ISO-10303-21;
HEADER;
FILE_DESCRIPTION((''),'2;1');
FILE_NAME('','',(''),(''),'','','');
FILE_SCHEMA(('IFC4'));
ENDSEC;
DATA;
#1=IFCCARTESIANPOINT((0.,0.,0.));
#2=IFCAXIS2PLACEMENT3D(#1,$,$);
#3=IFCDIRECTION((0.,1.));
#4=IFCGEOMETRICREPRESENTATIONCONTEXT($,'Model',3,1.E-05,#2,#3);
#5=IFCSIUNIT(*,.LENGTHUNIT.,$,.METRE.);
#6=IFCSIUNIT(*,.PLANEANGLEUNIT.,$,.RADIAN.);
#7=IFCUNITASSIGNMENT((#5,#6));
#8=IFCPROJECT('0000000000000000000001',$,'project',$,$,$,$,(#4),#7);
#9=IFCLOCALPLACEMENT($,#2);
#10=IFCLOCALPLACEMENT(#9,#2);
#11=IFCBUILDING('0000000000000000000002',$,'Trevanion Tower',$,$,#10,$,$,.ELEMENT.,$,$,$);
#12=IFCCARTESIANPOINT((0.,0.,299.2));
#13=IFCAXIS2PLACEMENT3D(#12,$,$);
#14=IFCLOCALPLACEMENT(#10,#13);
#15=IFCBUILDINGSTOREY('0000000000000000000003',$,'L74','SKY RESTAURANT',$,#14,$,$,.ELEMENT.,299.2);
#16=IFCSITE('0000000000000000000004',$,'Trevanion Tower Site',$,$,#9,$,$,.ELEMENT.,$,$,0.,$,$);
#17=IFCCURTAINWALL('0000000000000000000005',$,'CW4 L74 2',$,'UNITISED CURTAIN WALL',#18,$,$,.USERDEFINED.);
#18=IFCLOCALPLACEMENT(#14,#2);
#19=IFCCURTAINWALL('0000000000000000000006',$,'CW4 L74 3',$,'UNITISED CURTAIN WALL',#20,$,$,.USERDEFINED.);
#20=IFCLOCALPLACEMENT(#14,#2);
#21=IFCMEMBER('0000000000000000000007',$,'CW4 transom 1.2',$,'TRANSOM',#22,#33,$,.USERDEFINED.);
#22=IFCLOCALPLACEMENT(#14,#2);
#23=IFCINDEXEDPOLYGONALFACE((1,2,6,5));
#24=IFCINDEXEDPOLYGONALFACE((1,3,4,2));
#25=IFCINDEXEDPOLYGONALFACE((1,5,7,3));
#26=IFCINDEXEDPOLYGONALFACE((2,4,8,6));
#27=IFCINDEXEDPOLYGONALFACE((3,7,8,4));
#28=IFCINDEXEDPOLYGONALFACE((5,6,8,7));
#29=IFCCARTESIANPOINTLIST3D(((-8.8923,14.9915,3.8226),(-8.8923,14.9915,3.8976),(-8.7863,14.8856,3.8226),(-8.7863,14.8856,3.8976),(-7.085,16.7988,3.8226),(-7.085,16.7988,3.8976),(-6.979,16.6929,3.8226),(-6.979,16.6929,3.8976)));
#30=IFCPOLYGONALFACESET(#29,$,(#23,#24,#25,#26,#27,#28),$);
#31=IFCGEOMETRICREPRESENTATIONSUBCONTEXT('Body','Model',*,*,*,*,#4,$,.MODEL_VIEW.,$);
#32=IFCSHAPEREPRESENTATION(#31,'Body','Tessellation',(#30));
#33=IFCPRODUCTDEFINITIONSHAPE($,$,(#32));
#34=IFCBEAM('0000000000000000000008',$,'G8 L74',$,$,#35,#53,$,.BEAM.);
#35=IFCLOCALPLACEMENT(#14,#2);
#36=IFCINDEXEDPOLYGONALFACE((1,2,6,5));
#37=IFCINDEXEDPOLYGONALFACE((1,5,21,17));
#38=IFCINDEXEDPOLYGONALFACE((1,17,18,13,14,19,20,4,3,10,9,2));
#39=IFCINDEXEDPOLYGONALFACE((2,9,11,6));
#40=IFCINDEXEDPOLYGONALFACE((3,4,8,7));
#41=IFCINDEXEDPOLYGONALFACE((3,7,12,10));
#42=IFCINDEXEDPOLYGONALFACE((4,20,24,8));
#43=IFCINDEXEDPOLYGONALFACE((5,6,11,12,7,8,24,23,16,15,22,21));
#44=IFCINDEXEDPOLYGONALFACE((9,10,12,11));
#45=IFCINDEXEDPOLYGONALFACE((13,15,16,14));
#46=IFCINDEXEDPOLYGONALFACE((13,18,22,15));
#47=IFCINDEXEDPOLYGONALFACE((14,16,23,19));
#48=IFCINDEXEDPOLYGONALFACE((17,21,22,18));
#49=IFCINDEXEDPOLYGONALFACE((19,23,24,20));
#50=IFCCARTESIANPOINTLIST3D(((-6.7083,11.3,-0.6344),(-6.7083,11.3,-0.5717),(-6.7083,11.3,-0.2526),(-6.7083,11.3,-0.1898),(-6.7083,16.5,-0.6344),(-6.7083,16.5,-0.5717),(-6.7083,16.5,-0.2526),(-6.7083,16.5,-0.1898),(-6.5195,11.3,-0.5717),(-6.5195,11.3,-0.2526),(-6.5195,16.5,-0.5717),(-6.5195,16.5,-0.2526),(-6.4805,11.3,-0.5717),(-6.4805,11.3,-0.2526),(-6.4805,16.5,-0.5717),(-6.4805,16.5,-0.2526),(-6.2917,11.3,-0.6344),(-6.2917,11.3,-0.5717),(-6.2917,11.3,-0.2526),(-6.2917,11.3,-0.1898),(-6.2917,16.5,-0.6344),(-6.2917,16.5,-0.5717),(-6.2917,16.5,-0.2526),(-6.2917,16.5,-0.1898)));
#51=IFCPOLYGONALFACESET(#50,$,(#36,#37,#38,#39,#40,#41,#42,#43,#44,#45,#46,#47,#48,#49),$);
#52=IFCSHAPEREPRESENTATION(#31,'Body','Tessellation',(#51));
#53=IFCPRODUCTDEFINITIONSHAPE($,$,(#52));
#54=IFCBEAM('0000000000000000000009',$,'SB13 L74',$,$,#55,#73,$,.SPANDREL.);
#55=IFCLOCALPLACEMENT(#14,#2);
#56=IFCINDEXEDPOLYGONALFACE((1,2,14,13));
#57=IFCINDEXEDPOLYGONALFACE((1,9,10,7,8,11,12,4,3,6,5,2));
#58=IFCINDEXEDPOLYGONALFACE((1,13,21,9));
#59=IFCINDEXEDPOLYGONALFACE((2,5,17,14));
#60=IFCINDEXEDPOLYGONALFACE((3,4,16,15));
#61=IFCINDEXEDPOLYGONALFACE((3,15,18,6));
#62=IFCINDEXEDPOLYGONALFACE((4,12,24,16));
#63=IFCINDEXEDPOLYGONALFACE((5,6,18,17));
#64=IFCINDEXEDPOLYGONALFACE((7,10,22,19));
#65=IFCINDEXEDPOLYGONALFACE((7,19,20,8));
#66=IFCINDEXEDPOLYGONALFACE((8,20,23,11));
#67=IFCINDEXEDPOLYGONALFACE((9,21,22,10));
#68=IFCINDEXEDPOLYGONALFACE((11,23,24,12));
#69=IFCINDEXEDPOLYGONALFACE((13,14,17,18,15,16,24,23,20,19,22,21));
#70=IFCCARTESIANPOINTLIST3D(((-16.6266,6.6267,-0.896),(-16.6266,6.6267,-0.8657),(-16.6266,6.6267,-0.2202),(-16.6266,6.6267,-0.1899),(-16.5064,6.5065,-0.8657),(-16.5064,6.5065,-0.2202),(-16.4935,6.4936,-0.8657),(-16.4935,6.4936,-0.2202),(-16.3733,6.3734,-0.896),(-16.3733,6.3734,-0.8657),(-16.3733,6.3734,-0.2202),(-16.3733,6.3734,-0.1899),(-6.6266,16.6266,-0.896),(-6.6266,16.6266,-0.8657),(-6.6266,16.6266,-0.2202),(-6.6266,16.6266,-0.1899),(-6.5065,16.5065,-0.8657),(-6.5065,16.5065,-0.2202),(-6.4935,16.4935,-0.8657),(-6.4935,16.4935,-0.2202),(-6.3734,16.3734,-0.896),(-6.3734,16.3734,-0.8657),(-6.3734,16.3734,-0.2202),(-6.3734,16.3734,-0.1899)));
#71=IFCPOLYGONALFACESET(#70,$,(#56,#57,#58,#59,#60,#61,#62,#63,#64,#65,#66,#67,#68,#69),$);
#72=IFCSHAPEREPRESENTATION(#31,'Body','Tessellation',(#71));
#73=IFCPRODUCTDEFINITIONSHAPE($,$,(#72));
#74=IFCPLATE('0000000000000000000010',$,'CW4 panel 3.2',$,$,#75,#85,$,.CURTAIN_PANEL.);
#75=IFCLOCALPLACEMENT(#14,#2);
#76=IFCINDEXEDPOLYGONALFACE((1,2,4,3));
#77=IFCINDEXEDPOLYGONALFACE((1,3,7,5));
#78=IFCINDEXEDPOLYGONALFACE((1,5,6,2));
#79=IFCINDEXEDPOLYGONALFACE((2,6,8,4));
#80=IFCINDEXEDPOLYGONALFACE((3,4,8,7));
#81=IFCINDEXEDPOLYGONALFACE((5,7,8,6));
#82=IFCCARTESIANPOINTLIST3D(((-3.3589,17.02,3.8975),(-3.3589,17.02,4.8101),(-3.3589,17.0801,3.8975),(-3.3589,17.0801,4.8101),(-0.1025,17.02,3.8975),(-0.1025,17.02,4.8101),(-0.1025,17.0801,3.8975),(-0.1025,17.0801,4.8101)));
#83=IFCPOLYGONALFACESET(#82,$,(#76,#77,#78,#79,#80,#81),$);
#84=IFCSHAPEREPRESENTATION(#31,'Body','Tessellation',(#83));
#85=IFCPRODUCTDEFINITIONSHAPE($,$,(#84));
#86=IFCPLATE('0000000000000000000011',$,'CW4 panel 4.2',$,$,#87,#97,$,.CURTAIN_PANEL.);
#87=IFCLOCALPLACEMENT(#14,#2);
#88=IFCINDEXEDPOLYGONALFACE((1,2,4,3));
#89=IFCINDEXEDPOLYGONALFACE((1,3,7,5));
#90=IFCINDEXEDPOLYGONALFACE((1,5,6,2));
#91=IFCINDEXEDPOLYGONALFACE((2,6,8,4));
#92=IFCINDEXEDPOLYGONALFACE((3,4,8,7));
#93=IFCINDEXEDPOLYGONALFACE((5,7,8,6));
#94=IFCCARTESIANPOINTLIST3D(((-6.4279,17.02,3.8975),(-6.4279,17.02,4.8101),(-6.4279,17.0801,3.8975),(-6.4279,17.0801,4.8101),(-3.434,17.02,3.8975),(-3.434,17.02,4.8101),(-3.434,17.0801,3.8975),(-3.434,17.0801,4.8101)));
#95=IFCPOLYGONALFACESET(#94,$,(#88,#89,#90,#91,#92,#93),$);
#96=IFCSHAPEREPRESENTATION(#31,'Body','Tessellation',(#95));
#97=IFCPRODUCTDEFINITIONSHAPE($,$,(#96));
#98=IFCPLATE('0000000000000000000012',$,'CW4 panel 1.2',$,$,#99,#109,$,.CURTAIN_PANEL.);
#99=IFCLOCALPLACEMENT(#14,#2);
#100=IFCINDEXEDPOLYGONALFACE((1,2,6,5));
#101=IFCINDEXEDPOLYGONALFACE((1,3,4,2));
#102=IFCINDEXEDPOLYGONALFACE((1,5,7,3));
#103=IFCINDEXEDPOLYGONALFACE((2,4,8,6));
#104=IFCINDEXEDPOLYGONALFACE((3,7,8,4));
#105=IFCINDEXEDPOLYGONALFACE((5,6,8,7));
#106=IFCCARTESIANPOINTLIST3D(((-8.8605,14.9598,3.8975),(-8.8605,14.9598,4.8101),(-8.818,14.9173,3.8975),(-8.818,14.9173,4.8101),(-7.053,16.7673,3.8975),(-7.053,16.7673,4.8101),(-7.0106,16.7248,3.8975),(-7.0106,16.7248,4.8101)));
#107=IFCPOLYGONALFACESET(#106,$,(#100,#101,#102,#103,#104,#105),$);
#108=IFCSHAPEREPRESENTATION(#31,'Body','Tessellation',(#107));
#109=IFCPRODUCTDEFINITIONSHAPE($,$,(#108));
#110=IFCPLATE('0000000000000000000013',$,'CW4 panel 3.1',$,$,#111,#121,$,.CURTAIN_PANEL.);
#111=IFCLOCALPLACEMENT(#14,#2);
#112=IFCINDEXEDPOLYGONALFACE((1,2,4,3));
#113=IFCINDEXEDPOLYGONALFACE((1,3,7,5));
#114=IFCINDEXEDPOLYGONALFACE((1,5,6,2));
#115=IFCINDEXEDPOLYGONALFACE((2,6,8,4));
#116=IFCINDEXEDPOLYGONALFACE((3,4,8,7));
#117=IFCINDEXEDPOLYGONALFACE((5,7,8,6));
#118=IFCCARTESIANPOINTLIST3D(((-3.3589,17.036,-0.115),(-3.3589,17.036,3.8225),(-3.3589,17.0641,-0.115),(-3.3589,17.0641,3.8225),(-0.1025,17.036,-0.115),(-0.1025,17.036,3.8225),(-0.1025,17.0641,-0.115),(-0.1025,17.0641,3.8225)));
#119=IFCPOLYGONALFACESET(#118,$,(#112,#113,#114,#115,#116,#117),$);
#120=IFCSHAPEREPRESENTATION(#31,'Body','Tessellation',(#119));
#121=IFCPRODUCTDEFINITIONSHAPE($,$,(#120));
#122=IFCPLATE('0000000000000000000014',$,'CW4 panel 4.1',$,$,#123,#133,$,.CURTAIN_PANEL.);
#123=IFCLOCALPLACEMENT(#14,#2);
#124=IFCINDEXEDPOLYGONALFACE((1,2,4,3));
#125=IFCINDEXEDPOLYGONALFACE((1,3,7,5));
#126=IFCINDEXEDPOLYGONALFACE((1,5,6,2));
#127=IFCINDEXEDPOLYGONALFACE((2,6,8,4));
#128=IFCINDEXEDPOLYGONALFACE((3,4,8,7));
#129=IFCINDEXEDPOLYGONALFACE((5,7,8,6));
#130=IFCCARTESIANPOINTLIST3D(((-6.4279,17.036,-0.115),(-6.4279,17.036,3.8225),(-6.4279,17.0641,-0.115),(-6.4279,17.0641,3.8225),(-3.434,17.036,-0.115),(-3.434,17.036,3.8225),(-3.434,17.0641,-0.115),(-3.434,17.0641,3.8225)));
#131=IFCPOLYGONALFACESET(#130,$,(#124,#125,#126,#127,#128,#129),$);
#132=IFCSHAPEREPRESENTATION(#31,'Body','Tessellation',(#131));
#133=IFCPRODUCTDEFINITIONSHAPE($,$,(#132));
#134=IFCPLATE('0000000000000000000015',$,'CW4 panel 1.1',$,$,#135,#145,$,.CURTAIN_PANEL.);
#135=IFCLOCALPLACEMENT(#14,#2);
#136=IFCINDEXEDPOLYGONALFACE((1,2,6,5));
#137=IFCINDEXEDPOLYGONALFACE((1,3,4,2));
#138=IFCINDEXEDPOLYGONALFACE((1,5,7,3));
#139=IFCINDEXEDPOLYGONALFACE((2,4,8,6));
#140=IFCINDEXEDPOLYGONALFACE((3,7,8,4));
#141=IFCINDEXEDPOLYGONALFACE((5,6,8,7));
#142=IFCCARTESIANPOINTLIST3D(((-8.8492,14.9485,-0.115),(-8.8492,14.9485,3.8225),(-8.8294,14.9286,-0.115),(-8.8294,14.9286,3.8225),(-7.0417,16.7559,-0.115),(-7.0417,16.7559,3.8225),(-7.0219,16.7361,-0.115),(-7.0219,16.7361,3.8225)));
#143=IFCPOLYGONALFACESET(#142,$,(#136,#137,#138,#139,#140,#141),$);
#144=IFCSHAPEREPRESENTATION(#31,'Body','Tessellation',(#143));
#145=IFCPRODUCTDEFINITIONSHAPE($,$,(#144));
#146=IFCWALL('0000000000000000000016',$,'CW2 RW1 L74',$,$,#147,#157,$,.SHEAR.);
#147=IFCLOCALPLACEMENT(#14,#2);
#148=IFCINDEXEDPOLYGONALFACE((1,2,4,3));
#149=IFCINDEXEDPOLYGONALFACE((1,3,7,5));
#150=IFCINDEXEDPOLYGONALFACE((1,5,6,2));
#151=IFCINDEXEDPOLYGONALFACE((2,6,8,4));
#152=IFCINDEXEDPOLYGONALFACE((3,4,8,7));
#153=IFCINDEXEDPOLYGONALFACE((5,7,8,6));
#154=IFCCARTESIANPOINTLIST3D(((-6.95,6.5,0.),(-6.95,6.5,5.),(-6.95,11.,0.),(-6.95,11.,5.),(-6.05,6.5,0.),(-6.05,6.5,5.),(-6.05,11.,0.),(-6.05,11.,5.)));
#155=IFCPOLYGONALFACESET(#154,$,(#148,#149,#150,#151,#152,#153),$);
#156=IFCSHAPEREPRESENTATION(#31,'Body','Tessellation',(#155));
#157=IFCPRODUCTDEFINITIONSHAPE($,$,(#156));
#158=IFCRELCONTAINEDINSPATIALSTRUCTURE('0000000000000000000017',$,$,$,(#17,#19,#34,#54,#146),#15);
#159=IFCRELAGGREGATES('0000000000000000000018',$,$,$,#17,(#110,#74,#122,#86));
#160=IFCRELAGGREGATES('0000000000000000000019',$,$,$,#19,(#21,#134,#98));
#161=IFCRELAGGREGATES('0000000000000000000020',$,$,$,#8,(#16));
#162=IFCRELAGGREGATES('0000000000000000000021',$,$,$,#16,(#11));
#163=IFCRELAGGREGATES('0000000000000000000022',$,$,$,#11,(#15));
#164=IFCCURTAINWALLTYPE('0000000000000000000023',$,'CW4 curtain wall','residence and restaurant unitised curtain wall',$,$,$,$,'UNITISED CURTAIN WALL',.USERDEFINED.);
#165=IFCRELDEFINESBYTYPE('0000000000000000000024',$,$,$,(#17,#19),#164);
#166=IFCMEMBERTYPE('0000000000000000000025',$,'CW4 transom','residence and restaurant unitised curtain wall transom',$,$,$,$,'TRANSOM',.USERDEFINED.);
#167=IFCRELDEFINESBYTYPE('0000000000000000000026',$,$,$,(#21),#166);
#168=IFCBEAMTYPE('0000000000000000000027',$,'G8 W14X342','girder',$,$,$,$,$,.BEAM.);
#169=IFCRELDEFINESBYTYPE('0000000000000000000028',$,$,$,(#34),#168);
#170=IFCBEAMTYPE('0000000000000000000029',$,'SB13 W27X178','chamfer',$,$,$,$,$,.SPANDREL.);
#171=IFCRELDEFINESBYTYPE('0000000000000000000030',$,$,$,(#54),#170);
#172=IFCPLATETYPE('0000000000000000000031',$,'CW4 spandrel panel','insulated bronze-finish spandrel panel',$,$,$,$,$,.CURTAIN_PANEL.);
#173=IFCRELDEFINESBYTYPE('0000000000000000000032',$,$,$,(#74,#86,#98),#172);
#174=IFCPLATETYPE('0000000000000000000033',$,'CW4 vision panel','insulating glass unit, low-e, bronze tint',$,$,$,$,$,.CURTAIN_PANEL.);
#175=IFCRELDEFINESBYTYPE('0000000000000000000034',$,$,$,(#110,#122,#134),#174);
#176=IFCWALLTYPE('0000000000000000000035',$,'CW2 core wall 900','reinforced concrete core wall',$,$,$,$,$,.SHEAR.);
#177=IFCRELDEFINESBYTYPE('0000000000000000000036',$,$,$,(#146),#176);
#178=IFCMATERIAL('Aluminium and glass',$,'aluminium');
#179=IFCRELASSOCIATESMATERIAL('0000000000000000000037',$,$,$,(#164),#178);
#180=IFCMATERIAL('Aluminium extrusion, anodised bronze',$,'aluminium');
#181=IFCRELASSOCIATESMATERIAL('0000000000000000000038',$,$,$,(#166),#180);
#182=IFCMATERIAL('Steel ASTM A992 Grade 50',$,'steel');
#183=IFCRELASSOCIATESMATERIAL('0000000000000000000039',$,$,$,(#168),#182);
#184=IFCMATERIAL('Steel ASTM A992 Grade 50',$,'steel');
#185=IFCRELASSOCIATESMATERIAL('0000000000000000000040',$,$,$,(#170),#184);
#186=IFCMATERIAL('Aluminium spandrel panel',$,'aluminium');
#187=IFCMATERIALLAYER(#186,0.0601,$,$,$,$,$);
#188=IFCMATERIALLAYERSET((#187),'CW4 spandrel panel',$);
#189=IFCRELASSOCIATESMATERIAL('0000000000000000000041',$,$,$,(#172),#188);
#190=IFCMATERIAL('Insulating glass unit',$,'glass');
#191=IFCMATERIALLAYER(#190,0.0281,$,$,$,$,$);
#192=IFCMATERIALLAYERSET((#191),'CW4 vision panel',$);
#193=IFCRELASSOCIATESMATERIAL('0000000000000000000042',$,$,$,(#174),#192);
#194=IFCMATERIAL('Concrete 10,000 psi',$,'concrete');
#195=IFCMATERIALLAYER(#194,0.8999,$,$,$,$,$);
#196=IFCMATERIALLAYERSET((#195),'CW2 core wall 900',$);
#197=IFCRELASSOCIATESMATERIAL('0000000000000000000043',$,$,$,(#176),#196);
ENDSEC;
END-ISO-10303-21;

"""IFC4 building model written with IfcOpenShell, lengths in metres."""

from ifc_helpers import new_model, si_unit, direction, frame, frame_2d, origin, origin_2d, place, context, subcontext, project, spatial, rectangle, i_section, extrude, material, layer, layer_set, material_profile, profile_set, type_object, element, aggregate, save


model = new_model("IFC4")

# Units and contexts
model_context = context("Model", 3, precision=1e-05, world=origin(), true_north=direction((0.0, 1.0)))
body_context = subcontext(model_context, "Body", "Model", "MODEL_VIEW")
ifc_project = project(units=[si_unit("LENGTHUNIT", "METRE"), si_unit("PLANEANGLEUNIT", "RADIAN")], contexts=[model_context])

# Site, building, storey
site_placement = place(None, origin())
site = spatial("IfcSite", under=ifc_project, at=site_placement, Name="Trevanion Tower Site", CompositionType="ELEMENT", RefElevation=0.0)
building_placement = place(site_placement, origin())
building = spatial("IfcBuilding", under=site, at=building_placement, Name="Trevanion Tower", CompositionType="ELEMENT")
storey_placement = place(building_placement, frame((0.0, 0.0, 299.2)))
storey = spatial("IfcBuildingStorey", under=building, at=storey_placement, Name="L74", Description="SKY RESTAURANT", CompositionType="ELEMENT", Elevation=299.2)

# Curtain wall
ifc_material_1 = material(Name="Aluminium and glass", Category="aluminium")
curtain_wall_type = type_object("IfcCurtainWallType", Name="CW4 curtain wall", Description="residence and restaurant unitised curtain wall", ElementType="UNITISED CURTAIN WALL", PredefinedType="USERDEFINED", material=ifc_material_1)
curtain_wall_1_placement = place(storey_placement, origin())
curtain_wall_1 = element("IfcCurtainWall", 1, at=curtain_wall_1_placement, inside=storey, type_object=curtain_wall_type, Name="CW4 L74 2", ObjectType="UNITISED CURTAIN WALL", PredefinedType="USERDEFINED")

# Curtain wall
curtain_wall_2_placement = place(storey_placement, origin())
curtain_wall_2 = element("IfcCurtainWall", 2, at=curtain_wall_2_placement, inside=storey, type_object=curtain_wall_type, Name="CW4 L74 3", ObjectType="UNITISED CURTAIN WALL", PredefinedType="USERDEFINED")

# Member
ifc_material_2 = material(Name="Aluminium extrusion, anodised bronze", Category="aluminium")
ifc_material_profile_1 = material_profile(ifc_material_2, rectangle(XDim=0.1499, YDim=0.075, at=origin_2d()), Name="CW4 transom")
ifc_profile_set_1 = profile_set([ifc_material_profile_1], Name="Aluminium extrusion, anodised bronze")
member_type_1 = type_object("IfcMemberType", Name="CW4 transom", Description="residence and restaurant unitised curtain wall transom", ElementType="TRANSOM", PredefinedType="USERDEFINED", material=ifc_profile_set_1)
member_1_placement = place(storey_placement, frame((-7.032, 16.7458, 3.8601), z_axis=(-0.707107, -0.707107, 0.0), x_axis=(0.707107, -0.707107, 0.0)))
member_1 = element("IfcMember", 3, at=member_1_placement, type_object=member_type_1, Name="CW4 transom 1.2", ObjectType="TRANSOM", PredefinedType="USERDEFINED", context=body_context, shape_type="SweptSolid", body=[
    extrude(rectangle(XDim=0.1499, YDim=0.075, at=origin_2d()), origin(), (0.0, 0.0, 1.0), 2.5559),
])

# Beams
ifc_material_3 = material(Name="Steel ASTM A992 Grade 50", Category="steel")
ifc_material_profile_2 = material_profile(ifc_material_3, i_section(OverallWidth=0.4165, OverallDepth=0.4446, WebThickness=0.0391, FlangeThickness=0.0627, at=origin_2d()), Name="W14X342")
ifc_profile_set_2 = profile_set([ifc_material_profile_2], Name="Steel ASTM A992 Grade 50")
beam_type_1 = type_object("IfcBeamType", Name="G8 W14X342", Description="girder", PredefinedType="BEAM", material=ifc_profile_set_2)
beam_1_placement = place(storey_placement, frame((-6.5, 11.3, -0.4121), z_axis=(0.0, 1.0, 0.0), x_axis=(-1.0, 0.0, 0.0)))
element("IfcBeam", 4, at=beam_1_placement, inside=storey, type_object=beam_type_1, Name="G8 L74", PredefinedType="BEAM", context=body_context, shape_type="SweptSolid", body=[
    extrude(i_section(OverallWidth=0.4165, OverallDepth=0.4446, WebThickness=0.0391, FlangeThickness=0.0627, at=origin_2d()), origin(), (0.0, 0.0, 1.0), 5.2),
])
ifc_material_4 = material(Name="Steel ASTM A992 Grade 50", Category="steel")
ifc_material_profile_3 = material_profile(ifc_material_4, i_section(OverallWidth=0.3582, OverallDepth=0.7061, WebThickness=0.0183, FlangeThickness=0.0303, at=origin_2d()), Name="W27X178")
ifc_profile_set_3 = profile_set([ifc_material_profile_3], Name="Steel ASTM A992 Grade 50")
beam_type_2 = type_object("IfcBeamType", Name="SB13 W27X178", Description="chamfer", PredefinedType="SPANDREL", material=ifc_profile_set_3)
beam_2_placement = place(storey_placement, frame((-6.5, 16.5, -0.543), z_axis=(-0.707107, -0.707107, 0.0), x_axis=(0.707107, -0.707107, 0.0)))
element("IfcBeam", 5, at=beam_2_placement, inside=storey, type_object=beam_type_2, Name="SB13 L74", PredefinedType="SPANDREL", context=body_context, shape_type="SweptSolid", body=[
    extrude(i_section(OverallWidth=0.3582, OverallDepth=0.7061, WebThickness=0.0183, FlangeThickness=0.0303, at=origin_2d()), origin(), (0.0, 0.0, 1.0), 14.1421),
])

# Plates
ifc_material_5 = material(Name="Aluminium spandrel panel", Category="aluminium")
ifc_layer_1 = layer(ifc_material_5, 0.0601)
ifc_layer_set_1 = layer_set([ifc_layer_1], Name="CW4 spandrel panel")
plate_type_1 = type_object("IfcPlateType", Name="CW4 spandrel panel", Description="insulated bronze-finish spandrel panel", PredefinedType="CURTAIN_PANEL", material=ifc_layer_set_1)
plate_1_placement = place(storey_placement, frame((-1.7307, 17.05, 3.8975), z_axis=(0.0, 0.0, 1.0), x_axis=(-1.0, 0.0, 0.0)))
plate_1 = element("IfcPlate", 6, at=plate_1_placement, type_object=plate_type_1, Name="CW4 panel 3.2", PredefinedType="CURTAIN_PANEL", context=body_context, shape_type="SweptSolid", body=[
    extrude(rectangle(XDim=3.2563, YDim=0.0601, at=origin_2d()), origin(), (0.0, 0.0, 1.0), 0.9126),
])
plate_2_placement = place(storey_placement, frame((-4.9309, 17.05, 3.8975), z_axis=(0.0, 0.0, 1.0), x_axis=(-1.0, 0.0, 0.0)))
plate_2 = element("IfcPlate", 7, at=plate_2_placement, type_object=plate_type_1, Name="CW4 panel 4.2", PredefinedType="CURTAIN_PANEL", context=body_context, shape_type="SweptSolid", body=[
    extrude(rectangle(XDim=2.9939, YDim=0.0601, at=origin_2d()), origin(), (0.0, 0.0, 1.0), 0.9126),
])
plate_3_placement = place(storey_placement, frame((-7.9355, 15.8423, 3.8975), z_axis=(0.0, 0.0, 1.0), x_axis=(-0.707107, -0.707107, 0.0)))
plate_3 = element("IfcPlate", 8, at=plate_3_placement, type_object=plate_type_1, Name="CW4 panel 1.2", PredefinedType="CURTAIN_PANEL", context=body_context, shape_type="SweptSolid", body=[
    extrude(rectangle(XDim=2.5562, YDim=0.0601, at=origin_2d()), origin(), (0.0, 0.0, 1.0), 0.9126),
])
ifc_material_6 = material(Name="Insulating glass unit", Category="glass")
ifc_layer_2 = layer(ifc_material_6, 0.0281)
ifc_layer_set_2 = layer_set([ifc_layer_2], Name="CW4 vision panel")
plate_type_2 = type_object("IfcPlateType", Name="CW4 vision panel", Description="insulating glass unit, low-e, bronze tint", PredefinedType="CURTAIN_PANEL", material=ifc_layer_set_2)
plate_4_placement = place(storey_placement, frame((-1.7307, 17.05, -0.115), z_axis=(0.0, 0.0, 1.0), x_axis=(-1.0, 0.0, 0.0)))
plate_4 = element("IfcPlate", 9, at=plate_4_placement, type_object=plate_type_2, Name="CW4 panel 3.1", PredefinedType="CURTAIN_PANEL", context=body_context, shape_type="SweptSolid", body=[
    extrude(rectangle(XDim=3.2563, YDim=0.0281, at=origin_2d()), origin(), (0.0, 0.0, 1.0), 3.9375),
])
plate_5_placement = place(storey_placement, frame((-4.9309, 17.05, -0.115), z_axis=(0.0, 0.0, 1.0), x_axis=(-1.0, 0.0, 0.0)))
plate_5 = element("IfcPlate", 10, at=plate_5_placement, type_object=plate_type_2, Name="CW4 panel 4.1", PredefinedType="CURTAIN_PANEL", context=body_context, shape_type="SweptSolid", body=[
    extrude(rectangle(XDim=2.9939, YDim=0.0281, at=origin_2d()), origin(), (0.0, 0.0, 1.0), 3.9375),
])
aggregate(curtain_wall_1, [plate_4, plate_1, plate_5, plate_2])
plate_6_placement = place(storey_placement, frame((-7.9355, 15.8423, -0.115), z_axis=(0.0, 0.0, 1.0), x_axis=(-0.707107, -0.707107, 0.0)))
plate_6 = element("IfcPlate", 11, at=plate_6_placement, type_object=plate_type_2, Name="CW4 panel 1.1", PredefinedType="CURTAIN_PANEL", context=body_context, shape_type="SweptSolid", body=[
    extrude(rectangle(XDim=2.5562, YDim=0.0281, at=origin_2d()), origin(), (0.0, 0.0, 1.0), 3.9375),
])
aggregate(curtain_wall_2, [member_1, plate_6, plate_3])

# Wall
ifc_material_7 = material(Name="Concrete 10,000 psi", Category="concrete")
ifc_layer_3 = layer(ifc_material_7, 0.8999)
ifc_layer_set_3 = layer_set([ifc_layer_3], Name="CW2 core wall 900")
wall_type = type_object("IfcWallType", Name="CW2 core wall 900", Description="reinforced concrete core wall", PredefinedType="SHEAR", material=ifc_layer_set_3)
wall_placement = place(storey_placement, frame((-6.5, 11.0, 0.0), z_axis=(0.0, 0.0, 1.0), x_axis=(0.0, -1.0, 0.0)))
element("IfcWall", 12, at=wall_placement, inside=storey, type_object=wall_type, Name="CW2 RW1 L74", PredefinedType="SHEAR", context=body_context, shape_type="SweptSolid", body=[
    extrude(rectangle(XDim=4.5, YDim=0.8999, at=frame_2d((2.25, 0.0))), origin(), (0.0, 0.0, 1.0), 5.0),
])

save(model, "model.ifc")
